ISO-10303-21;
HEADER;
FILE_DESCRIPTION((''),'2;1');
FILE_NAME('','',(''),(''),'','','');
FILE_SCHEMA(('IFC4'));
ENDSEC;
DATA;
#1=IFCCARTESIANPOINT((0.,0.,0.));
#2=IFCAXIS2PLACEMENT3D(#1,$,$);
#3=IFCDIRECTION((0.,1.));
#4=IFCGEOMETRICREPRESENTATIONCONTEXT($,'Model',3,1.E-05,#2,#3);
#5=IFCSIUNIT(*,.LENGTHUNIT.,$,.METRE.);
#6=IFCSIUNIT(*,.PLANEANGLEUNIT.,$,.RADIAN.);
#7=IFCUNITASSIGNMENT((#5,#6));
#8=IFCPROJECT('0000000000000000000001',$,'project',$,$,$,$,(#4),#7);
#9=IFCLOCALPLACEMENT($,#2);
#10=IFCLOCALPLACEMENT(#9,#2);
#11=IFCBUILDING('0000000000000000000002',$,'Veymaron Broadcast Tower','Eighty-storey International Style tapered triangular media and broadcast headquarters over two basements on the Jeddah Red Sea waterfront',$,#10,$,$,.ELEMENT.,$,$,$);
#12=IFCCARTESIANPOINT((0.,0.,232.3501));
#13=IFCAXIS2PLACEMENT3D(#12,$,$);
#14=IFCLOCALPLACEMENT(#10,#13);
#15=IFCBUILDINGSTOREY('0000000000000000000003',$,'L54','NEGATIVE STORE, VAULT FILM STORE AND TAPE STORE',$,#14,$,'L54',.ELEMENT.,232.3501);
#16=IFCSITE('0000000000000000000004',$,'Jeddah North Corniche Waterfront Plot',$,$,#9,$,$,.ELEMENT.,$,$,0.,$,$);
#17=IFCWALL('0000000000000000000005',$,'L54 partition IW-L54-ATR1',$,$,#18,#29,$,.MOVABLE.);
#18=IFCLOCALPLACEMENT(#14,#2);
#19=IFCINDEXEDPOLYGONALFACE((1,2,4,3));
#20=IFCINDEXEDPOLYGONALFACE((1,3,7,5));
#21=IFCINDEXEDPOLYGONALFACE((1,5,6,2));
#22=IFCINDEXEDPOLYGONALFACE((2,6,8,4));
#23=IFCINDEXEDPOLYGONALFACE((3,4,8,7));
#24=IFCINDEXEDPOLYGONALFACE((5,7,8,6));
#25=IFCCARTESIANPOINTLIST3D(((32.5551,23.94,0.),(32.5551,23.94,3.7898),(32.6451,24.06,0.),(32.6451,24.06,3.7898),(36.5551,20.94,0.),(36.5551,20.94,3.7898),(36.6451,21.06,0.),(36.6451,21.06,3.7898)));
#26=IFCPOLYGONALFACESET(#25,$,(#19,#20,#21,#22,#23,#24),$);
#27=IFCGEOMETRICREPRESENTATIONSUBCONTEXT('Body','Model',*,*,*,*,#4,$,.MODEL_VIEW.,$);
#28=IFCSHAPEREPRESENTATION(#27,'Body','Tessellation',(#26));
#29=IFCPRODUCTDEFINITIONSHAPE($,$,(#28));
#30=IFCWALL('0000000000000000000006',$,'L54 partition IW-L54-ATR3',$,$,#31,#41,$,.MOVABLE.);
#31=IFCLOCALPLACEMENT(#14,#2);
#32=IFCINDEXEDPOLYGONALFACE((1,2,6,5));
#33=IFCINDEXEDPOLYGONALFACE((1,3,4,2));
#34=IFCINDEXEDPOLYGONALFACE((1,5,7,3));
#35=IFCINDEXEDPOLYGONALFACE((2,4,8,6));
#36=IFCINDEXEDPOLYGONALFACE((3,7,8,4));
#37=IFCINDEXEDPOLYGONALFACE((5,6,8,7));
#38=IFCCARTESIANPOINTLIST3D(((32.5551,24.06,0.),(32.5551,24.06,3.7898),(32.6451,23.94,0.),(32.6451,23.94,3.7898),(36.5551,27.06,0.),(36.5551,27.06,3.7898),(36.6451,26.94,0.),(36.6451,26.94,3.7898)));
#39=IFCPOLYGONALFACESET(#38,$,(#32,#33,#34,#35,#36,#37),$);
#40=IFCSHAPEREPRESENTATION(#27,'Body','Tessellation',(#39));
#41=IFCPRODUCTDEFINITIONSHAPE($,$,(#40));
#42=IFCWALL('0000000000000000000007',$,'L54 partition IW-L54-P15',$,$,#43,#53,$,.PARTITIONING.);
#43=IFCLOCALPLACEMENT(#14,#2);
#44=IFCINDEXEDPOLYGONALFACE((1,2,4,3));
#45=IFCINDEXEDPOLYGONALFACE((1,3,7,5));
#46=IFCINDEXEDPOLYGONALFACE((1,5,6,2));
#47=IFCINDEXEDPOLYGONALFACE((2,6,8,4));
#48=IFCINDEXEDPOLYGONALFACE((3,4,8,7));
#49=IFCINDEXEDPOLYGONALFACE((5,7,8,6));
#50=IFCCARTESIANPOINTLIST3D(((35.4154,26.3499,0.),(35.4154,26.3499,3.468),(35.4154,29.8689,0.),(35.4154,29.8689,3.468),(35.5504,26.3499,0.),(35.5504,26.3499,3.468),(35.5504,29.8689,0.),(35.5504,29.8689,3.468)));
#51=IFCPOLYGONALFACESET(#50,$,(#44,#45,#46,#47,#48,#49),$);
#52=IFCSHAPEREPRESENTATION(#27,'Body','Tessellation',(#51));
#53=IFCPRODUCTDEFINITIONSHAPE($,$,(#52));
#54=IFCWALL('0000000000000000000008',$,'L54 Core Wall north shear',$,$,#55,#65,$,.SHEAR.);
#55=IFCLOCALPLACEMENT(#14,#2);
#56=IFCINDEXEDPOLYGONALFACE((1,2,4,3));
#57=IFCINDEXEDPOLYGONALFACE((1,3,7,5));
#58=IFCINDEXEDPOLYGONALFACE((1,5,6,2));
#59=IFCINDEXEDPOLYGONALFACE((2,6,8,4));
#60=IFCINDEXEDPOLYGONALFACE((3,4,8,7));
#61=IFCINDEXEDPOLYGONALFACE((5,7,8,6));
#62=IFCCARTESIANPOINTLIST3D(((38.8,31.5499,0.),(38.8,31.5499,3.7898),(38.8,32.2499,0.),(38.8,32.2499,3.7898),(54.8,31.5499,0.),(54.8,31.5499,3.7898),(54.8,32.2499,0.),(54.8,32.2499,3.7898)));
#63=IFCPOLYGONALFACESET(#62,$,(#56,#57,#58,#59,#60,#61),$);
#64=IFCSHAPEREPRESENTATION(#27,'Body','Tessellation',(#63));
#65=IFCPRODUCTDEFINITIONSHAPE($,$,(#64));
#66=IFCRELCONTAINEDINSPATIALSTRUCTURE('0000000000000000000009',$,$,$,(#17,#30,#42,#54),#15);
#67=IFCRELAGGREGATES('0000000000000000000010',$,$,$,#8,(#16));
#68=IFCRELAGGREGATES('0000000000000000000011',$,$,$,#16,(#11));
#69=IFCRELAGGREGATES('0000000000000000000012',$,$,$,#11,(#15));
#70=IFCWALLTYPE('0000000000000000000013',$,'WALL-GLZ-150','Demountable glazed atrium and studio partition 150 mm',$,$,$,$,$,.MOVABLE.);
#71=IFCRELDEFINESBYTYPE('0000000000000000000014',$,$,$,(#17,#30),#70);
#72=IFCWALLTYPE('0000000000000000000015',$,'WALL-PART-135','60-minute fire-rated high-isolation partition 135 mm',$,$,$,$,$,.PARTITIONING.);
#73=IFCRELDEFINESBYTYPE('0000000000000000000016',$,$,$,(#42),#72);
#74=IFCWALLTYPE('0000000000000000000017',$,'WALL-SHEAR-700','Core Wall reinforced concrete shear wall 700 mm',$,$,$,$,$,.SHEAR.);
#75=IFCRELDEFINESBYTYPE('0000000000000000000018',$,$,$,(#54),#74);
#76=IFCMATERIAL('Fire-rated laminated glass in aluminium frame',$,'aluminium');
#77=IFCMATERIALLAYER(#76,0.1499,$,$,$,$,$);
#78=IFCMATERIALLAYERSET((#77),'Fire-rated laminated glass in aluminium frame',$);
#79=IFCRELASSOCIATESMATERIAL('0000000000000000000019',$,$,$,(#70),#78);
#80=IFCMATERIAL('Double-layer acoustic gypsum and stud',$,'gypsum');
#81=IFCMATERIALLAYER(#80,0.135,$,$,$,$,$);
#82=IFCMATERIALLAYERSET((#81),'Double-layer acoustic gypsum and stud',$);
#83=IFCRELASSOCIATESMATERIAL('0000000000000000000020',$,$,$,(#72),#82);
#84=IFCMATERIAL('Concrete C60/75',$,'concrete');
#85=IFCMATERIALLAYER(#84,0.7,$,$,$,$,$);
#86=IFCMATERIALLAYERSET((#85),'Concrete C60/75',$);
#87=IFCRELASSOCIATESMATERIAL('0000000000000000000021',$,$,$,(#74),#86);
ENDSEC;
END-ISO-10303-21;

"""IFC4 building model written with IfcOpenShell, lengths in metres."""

from ifc_helpers import new_model, si_unit, direction, frame, frame_2d, origin, place, context, subcontext, project, spatial, rectangle, extrude, material, layer, layer_set, type_object, element, save


model = new_model("IFC4")

# Units and contexts
model_context = context("Model", 3, precision=1e-05, world=origin(), true_north=direction((0.0, 1.0)))
body_context = subcontext(model_context, "Body", "Model", "MODEL_VIEW")
ifc_project = project(units=[si_unit("LENGTHUNIT", "METRE"), si_unit("PLANEANGLEUNIT", "RADIAN")], contexts=[model_context])

# Site, building, storey
site_placement = place(None, origin())
site = spatial("IfcSite", under=ifc_project, at=site_placement, Name="Jeddah North Corniche Waterfront Plot", CompositionType="ELEMENT", RefElevation=0.0)
building_placement = place(site_placement, origin())
building = spatial("IfcBuilding", under=site, at=building_placement, Name="Veymaron Broadcast Tower", Description="Eighty-storey International Style tapered triangular media and broadcast headquarters over two basements on the Jeddah Red Sea waterfront", CompositionType="ELEMENT")
storey_placement = place(building_placement, frame((0.0, 0.0, 232.3501)))
storey = spatial("IfcBuildingStorey", under=building, at=storey_placement, Name="L54", Description="NEGATIVE STORE, VAULT FILM STORE AND TAPE STORE", LongName="L54", CompositionType="ELEMENT", Elevation=232.3501)

# Walls
ifc_material_1 = material(Name="Fire-rated laminated glass in aluminium frame", Category="aluminium")
ifc_layer_1 = layer(ifc_material_1, 0.1499)
ifc_layer_set_1 = layer_set([ifc_layer_1], Name="Fire-rated laminated glass in aluminium frame")
wall_type_1 = type_object("IfcWallType", Name="WALL-GLZ-150", Description="Demountable glazed atrium and studio partition 150 mm", PredefinedType="MOVABLE", material=ifc_layer_set_1)
for number, where, z_axis, x_axis, name in (
    (1, (32.6001, 24.0, 0.0), (0.0, 0.0, 1.0), (0.8, -0.6, 0.0), "L54 partition IW-L54-ATR1"),
    (2, (36.6001, 27.0, 0.0), (0.0, 0.0, 1.0), (-0.8, -0.6, 0.0), "L54 partition IW-L54-ATR3"),
):
    element("IfcWall", number, at=place(storey_placement, frame(where, z_axis=z_axis, x_axis=x_axis)), inside=storey, type_object=wall_type_1, Name=name, PredefinedType="MOVABLE", context=body_context, shape_type="SweptSolid", body=[
        extrude(rectangle(XDim=5.0, YDim=0.1499, at=frame_2d((2.5, 0.0))), origin(), (0.0, 0.0, 1.0), 3.7898),
    ])
ifc_material_2 = material(Name="Double-layer acoustic gypsum and stud", Category="gypsum")
ifc_layer_2 = layer(ifc_material_2, 0.135)
ifc_layer_set_2 = layer_set([ifc_layer_2], Name="Double-layer acoustic gypsum and stud")
wall_type_2 = type_object("IfcWallType", Name="WALL-PART-135", Description="60-minute fire-rated high-isolation partition 135 mm", PredefinedType="PARTITIONING", material=ifc_layer_set_2)
wall_1_placement = place(storey_placement, frame((35.4829, 26.3499, 0.0), z_axis=(0.0, 0.0, 1.0), x_axis=(0.0, 1.0, 0.0)))
element("IfcWall", 3, at=wall_1_placement, inside=storey, type_object=wall_type_2, Name="L54 partition IW-L54-P15", PredefinedType="PARTITIONING", context=body_context, shape_type="SweptSolid", body=[
    extrude(rectangle(XDim=3.519, YDim=0.135, at=frame_2d((1.7595, 0.0))), origin(), (0.0, 0.0, 1.0), 3.468),
])
ifc_material_3 = material(Name="Concrete C60/75", Category="concrete")
ifc_layer_3 = layer(ifc_material_3, 0.7)
ifc_layer_set_3 = layer_set([ifc_layer_3], Name="Concrete C60/75")
wall_type_3 = type_object("IfcWallType", Name="WALL-SHEAR-700", Description="Core Wall reinforced concrete shear wall 700 mm", PredefinedType="SHEAR", material=ifc_layer_set_3)
wall_2_placement = place(storey_placement, frame((38.8, 31.8999, 0.0), z_axis=(0.0, 0.0, 1.0), x_axis=(1.0, 0.0, 0.0)))
element("IfcWall", 4, at=wall_2_placement, inside=storey, type_object=wall_type_3, Name="L54 Core Wall north shear", PredefinedType="SHEAR", context=body_context, shape_type="SweptSolid", body=[
    extrude(rectangle(XDim=16.0, YDim=0.7, at=frame_2d((8.0, 0.0))), origin(), (0.0, 0.0, 1.0), 3.7898),
])

save(model, "model.ifc")
